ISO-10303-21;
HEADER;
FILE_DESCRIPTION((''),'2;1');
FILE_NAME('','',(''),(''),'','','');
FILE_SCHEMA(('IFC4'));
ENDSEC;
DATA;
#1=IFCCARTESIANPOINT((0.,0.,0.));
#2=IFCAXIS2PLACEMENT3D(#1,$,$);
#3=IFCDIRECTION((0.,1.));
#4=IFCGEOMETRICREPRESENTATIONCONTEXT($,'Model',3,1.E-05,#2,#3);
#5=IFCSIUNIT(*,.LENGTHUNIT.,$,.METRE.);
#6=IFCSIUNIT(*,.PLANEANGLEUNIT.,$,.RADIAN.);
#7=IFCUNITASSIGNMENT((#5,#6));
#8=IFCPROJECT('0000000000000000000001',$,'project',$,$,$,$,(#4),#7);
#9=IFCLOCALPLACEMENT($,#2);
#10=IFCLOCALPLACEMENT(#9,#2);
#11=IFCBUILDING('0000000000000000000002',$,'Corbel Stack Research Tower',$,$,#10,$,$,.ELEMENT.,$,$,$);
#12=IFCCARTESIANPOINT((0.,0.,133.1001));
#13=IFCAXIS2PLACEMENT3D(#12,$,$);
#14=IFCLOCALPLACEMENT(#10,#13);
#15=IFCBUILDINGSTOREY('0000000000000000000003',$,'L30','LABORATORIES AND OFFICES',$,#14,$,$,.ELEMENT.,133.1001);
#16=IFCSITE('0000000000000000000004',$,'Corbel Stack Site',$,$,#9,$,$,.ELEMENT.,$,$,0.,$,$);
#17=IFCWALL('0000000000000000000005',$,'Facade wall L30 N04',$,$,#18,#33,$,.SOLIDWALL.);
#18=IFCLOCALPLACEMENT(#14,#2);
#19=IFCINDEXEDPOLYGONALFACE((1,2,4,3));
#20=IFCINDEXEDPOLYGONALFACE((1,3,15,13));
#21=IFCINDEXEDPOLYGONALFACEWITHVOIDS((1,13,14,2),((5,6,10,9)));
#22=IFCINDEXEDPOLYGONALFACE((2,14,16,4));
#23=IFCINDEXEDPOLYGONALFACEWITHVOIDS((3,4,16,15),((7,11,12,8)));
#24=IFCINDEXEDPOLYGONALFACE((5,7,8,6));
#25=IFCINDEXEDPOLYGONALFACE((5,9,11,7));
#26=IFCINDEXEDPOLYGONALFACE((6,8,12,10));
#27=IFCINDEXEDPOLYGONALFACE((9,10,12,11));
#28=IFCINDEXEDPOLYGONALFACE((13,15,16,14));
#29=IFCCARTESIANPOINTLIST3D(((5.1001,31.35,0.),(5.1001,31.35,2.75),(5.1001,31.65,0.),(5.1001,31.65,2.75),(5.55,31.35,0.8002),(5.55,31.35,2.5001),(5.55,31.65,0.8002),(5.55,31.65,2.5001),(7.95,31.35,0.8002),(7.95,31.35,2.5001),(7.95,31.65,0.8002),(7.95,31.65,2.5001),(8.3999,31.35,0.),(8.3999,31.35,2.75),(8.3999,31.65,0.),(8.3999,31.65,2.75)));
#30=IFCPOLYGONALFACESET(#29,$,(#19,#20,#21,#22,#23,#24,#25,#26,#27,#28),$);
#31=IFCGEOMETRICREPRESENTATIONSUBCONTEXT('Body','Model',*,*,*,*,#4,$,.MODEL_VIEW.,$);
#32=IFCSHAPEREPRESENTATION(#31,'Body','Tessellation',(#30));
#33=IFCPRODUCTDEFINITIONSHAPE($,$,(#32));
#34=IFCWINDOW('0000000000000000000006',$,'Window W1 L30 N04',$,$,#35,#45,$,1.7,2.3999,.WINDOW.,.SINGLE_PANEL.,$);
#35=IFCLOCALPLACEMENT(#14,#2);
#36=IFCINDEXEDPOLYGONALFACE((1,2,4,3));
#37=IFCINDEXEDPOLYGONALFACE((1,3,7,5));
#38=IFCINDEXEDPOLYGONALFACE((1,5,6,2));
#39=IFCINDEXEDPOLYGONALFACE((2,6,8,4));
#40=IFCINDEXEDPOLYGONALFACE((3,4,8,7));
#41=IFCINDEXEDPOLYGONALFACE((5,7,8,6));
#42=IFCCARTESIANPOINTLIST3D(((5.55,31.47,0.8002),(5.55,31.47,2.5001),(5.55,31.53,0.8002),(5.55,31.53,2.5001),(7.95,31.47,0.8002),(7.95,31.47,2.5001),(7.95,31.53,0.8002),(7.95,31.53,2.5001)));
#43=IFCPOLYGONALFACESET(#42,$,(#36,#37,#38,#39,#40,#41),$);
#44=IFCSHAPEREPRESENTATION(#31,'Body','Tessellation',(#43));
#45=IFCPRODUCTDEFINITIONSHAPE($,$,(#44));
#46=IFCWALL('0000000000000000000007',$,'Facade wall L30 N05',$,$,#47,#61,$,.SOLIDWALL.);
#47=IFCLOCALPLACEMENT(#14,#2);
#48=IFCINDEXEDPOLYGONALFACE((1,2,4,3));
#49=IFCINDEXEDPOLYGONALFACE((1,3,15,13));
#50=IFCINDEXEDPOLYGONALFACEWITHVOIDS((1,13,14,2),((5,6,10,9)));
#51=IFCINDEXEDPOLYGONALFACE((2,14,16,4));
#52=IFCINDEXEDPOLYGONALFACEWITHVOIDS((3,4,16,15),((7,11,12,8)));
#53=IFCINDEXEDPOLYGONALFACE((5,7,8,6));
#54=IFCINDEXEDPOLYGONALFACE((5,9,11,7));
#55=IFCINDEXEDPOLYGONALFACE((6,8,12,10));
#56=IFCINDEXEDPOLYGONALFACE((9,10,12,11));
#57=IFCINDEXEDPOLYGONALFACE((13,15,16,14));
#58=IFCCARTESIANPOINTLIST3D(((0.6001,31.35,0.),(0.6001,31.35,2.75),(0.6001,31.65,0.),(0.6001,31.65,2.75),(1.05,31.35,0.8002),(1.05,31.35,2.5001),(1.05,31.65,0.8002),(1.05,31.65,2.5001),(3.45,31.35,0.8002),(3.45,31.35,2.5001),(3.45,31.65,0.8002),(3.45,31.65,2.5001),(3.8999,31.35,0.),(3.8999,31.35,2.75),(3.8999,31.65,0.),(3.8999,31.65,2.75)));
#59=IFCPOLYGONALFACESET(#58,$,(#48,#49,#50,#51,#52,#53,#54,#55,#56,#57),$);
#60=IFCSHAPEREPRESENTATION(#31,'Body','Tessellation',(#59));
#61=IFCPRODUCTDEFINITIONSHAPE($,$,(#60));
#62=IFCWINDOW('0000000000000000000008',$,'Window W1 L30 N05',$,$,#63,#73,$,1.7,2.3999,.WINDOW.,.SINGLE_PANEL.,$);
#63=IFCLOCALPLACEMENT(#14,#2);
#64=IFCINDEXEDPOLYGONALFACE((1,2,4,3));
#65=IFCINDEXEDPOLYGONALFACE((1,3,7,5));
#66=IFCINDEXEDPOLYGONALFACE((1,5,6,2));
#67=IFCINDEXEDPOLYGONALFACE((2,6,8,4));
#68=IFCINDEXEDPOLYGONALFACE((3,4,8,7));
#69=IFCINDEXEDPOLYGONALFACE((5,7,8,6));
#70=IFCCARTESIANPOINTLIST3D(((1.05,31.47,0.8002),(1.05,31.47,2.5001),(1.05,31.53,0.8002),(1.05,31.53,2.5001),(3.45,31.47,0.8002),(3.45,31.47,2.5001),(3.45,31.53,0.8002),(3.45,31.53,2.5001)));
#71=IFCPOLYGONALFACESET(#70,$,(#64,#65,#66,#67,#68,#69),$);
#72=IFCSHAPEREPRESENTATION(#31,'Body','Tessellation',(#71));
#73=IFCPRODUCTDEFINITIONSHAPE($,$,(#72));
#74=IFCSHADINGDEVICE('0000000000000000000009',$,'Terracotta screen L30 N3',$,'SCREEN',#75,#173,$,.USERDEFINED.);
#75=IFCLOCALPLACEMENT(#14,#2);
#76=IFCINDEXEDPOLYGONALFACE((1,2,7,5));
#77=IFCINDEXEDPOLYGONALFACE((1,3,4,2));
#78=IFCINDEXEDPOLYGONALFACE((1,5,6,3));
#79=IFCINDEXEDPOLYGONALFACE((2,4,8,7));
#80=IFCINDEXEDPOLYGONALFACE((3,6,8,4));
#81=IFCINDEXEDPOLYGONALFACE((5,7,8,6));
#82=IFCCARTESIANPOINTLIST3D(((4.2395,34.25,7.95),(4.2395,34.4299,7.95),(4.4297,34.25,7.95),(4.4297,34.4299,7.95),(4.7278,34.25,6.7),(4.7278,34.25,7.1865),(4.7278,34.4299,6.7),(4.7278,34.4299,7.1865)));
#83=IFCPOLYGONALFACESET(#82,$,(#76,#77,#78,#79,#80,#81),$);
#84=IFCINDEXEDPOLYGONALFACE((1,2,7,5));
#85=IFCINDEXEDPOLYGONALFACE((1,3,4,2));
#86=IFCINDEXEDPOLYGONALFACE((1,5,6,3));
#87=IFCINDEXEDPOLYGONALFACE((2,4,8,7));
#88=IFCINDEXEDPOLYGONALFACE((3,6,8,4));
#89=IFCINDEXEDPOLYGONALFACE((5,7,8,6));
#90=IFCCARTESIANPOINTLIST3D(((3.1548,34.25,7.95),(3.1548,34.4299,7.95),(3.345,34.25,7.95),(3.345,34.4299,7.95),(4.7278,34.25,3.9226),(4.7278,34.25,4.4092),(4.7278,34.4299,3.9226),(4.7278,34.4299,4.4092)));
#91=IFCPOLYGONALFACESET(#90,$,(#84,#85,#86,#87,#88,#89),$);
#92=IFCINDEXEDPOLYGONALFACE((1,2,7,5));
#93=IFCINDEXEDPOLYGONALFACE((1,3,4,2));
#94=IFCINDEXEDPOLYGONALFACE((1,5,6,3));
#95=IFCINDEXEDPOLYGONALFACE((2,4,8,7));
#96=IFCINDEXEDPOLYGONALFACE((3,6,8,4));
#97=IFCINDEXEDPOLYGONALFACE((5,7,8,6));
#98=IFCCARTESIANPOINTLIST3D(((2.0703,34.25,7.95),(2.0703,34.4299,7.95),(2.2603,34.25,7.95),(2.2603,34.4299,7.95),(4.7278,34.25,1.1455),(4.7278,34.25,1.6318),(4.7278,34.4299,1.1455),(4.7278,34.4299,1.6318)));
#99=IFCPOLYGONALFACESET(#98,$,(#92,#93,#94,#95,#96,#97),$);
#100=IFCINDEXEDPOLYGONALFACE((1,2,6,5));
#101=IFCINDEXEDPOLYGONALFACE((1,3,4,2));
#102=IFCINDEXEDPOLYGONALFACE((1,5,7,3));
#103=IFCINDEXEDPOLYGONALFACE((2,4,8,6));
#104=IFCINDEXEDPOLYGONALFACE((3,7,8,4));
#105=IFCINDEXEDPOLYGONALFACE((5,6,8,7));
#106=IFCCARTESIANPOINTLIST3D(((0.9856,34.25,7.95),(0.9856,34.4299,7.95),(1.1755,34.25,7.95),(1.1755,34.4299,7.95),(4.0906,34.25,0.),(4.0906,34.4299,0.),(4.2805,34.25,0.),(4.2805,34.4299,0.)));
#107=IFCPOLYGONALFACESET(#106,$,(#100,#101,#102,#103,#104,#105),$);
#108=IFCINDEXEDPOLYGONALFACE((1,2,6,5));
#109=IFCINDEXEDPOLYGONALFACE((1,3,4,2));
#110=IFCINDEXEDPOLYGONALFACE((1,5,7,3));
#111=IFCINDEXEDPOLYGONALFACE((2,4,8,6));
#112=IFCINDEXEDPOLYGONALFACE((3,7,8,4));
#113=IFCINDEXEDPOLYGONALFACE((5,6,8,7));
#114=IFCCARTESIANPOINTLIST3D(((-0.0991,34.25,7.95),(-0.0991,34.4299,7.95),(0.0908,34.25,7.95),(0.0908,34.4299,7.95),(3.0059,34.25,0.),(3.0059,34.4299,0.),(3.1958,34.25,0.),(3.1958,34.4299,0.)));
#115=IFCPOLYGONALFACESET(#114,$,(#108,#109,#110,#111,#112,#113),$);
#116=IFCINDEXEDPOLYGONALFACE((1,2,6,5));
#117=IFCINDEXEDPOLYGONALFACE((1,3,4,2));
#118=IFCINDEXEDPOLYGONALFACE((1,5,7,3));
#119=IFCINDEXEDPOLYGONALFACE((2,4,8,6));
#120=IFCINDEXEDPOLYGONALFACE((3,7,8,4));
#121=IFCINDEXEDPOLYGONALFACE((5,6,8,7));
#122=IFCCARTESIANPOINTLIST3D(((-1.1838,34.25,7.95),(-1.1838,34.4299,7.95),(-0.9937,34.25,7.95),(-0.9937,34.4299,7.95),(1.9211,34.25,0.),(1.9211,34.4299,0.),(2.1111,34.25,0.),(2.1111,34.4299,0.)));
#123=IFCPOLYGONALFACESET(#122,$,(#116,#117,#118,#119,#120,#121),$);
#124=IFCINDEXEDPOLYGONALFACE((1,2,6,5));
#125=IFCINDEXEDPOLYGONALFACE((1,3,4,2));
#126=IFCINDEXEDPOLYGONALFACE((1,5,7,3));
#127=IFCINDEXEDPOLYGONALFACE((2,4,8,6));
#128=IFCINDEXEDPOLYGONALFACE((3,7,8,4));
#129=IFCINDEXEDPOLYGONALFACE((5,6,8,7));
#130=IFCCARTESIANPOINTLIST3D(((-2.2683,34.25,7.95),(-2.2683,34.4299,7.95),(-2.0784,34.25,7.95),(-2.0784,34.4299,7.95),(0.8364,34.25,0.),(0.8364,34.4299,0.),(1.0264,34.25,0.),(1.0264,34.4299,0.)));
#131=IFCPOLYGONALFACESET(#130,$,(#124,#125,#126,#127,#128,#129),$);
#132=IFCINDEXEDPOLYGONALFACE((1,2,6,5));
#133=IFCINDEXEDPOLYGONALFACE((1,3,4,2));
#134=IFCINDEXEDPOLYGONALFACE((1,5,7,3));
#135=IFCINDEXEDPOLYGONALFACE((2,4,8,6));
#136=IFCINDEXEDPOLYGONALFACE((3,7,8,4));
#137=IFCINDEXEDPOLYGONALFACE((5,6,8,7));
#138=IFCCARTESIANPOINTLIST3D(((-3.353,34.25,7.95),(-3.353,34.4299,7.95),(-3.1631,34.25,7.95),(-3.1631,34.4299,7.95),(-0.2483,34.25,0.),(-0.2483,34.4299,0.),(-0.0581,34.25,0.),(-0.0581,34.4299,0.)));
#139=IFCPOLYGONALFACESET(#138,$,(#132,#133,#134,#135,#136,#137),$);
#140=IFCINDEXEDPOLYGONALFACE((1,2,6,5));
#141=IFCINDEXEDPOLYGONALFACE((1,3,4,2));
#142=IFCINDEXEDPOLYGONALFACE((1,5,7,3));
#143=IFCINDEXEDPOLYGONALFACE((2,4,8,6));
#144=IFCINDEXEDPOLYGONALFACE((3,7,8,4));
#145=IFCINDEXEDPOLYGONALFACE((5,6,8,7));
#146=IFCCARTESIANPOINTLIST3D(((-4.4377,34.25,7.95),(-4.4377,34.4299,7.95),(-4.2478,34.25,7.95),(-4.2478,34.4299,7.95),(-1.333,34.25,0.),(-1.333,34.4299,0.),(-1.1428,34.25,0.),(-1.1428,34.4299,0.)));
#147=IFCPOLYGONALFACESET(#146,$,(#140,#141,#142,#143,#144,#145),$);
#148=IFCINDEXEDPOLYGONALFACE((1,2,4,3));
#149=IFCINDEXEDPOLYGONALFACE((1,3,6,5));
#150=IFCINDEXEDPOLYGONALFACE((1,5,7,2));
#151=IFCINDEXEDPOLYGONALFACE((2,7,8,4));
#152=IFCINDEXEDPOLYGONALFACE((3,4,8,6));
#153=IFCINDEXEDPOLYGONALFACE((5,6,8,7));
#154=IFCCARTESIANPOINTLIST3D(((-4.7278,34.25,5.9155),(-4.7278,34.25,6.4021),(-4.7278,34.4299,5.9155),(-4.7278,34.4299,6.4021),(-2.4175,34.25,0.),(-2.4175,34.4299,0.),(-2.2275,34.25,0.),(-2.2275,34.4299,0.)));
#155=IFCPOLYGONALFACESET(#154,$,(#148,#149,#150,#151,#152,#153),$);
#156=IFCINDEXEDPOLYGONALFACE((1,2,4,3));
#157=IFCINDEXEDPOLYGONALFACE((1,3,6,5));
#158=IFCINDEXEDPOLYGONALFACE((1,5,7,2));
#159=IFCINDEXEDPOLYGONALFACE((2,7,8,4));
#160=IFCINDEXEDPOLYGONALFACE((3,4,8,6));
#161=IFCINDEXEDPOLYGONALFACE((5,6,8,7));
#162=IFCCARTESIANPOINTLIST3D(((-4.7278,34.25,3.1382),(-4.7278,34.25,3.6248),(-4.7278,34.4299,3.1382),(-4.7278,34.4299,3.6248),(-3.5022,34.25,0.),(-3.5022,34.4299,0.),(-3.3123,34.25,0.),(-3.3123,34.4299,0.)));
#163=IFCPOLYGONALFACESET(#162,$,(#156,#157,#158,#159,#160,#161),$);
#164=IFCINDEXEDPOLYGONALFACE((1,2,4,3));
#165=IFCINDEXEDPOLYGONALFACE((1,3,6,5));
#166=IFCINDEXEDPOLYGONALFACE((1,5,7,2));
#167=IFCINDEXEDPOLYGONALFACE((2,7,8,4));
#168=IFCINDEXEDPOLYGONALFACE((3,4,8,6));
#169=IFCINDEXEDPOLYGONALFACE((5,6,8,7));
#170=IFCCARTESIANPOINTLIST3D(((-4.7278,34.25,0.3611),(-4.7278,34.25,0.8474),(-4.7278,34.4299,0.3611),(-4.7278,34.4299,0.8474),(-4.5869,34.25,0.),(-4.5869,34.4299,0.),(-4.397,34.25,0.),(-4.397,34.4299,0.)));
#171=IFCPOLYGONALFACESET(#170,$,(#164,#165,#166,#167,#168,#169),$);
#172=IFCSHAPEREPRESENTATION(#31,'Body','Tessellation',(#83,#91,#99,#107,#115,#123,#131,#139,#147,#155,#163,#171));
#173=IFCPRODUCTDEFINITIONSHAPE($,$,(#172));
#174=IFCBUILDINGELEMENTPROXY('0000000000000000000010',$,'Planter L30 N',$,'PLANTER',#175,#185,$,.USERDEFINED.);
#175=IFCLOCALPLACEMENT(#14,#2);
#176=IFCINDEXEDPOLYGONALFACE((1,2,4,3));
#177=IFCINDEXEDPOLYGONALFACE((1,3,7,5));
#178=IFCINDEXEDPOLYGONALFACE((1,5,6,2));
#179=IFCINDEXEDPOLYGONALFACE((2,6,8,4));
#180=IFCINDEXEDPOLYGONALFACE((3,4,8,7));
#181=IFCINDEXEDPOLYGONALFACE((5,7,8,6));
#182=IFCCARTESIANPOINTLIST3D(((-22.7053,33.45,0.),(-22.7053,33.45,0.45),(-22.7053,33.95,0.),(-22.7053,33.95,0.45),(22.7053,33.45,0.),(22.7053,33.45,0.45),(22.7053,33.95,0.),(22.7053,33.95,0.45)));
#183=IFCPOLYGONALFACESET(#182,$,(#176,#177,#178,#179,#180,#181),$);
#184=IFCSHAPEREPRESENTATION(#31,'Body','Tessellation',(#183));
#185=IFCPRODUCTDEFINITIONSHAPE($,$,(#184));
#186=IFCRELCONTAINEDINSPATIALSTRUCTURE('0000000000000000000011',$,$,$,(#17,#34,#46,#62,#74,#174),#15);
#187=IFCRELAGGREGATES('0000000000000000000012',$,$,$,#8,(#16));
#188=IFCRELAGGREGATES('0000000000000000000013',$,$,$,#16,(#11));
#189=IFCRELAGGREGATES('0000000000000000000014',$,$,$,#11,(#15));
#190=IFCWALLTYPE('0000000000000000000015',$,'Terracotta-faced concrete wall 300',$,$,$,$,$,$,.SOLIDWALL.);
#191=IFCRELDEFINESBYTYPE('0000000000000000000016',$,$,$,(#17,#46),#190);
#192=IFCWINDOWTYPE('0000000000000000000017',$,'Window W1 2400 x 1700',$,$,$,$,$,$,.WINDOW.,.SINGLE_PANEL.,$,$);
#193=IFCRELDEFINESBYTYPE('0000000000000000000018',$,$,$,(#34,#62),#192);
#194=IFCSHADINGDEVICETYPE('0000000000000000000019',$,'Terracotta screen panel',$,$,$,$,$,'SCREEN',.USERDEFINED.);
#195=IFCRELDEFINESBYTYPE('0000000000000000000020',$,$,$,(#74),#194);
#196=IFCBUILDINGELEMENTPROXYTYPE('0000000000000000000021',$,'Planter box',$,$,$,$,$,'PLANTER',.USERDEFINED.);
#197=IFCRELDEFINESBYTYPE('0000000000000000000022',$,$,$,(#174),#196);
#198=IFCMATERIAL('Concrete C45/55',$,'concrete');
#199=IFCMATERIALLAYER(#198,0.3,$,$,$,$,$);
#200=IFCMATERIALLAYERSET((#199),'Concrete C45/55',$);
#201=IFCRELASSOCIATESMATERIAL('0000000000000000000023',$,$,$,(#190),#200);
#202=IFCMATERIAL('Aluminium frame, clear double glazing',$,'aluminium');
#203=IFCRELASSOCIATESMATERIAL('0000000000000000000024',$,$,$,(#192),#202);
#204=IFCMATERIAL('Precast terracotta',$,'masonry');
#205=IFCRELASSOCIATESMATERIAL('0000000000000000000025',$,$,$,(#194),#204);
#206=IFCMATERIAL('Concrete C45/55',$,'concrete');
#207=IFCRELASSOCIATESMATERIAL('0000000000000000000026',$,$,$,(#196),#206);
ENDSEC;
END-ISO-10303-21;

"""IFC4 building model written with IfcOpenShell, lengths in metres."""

from ifc_helpers import new_model, si_unit, direction, frame, frame_2d, origin, origin_2d, place, context, subcontext, project, spatial, polyline, rectangle, outline, extrude, source, transform, mapped, material, layer, layer_set, type_object, element, fill, save


model = new_model("IFC4")

# Units and contexts
model_context = context("Model", 3, precision=1e-05, world=origin(), true_north=direction((0.0, 1.0)))
body_context = subcontext(model_context, "Body", "Model", "MODEL_VIEW")
ifc_project = project(units=[si_unit("LENGTHUNIT", "METRE"), si_unit("PLANEANGLEUNIT", "RADIAN")], contexts=[model_context])

# Site, building, storey
site_placement = place(None, origin())
site = spatial("IfcSite", under=ifc_project, at=site_placement, Name="Corbel Stack Site", CompositionType="ELEMENT", RefElevation=0.0)
building_placement = place(site_placement, origin())
building = spatial("IfcBuilding", under=site, at=building_placement, Name="Corbel Stack Research Tower", CompositionType="ELEMENT")
storey_placement = place(building_placement, frame((0.0, 0.0, 133.1001)))
storey = spatial("IfcBuildingStorey", under=building, at=storey_placement, Name="L30", Description="LABORATORIES AND OFFICES", CompositionType="ELEMENT", Elevation=133.1001)

# Walls, openings, windows
ifc_material_1 = material(Name="Concrete C45/55", Category="concrete")
ifc_layer_1 = layer(ifc_material_1, 0.3)
ifc_layer_set_1 = layer_set([ifc_layer_1], Name="Concrete C45/55")
wall_type_1 = type_object("IfcWallType", Name="Terracotta-faced concrete wall 300", PredefinedType="SOLIDWALL", material=ifc_layer_set_1)
wall_1_placement = place(storey_placement, frame((5.1001, 31.5, 0.0), z_axis=(0.0, 0.0, 1.0), x_axis=(1.0, 0.0, 0.0)))
wall_1 = element("IfcWall", 1, at=wall_1_placement, inside=storey, type_object=wall_type_1, Name="Facade wall L30 N04", PredefinedType="SOLIDWALL", context=body_context, shape_type="SweptSolid", body=[
    extrude(rectangle(XDim=3.2998, YDim=0.3, at=frame_2d((1.6499, 0.0))), origin(), (0.0, 0.0, 1.0), 2.75),
])
opening_1_placement = place(wall_1_placement, frame((0.45, 0.0, 0.8)))
opening_1 = element("IfcOpeningElement", 2, at=opening_1_placement, cuts=wall_1, PredefinedType="OPENING", context=body_context, shape_type="SweptSolid", body=[
    extrude(rectangle(XDim=2.3999, YDim=1.7, at=frame_2d((1.2, 0.8501))), frame((0.0, 0.1599, 0.0), z_axis=(0.0, -1.0, 0.0), x_axis=(1.0, 0.0, 0.0)), (0.0, 0.0, 1.0), 0.3201),
])
ifc_material_2 = material(Name="Aluminium frame, clear double glazing", Category="aluminium")
window_type = type_object("IfcWindowType", Name="Window W1 2400 x 1700", PartitioningType="SINGLE_PANEL", PredefinedType="WINDOW", material=ifc_material_2)
window_1_placement = place(opening_1_placement, origin())
window_1 = element("IfcWindow", 3, at=window_1_placement, inside=storey, type_object=window_type, Name="Window W1 L30 N04", OverallHeight=1.7, OverallWidth=2.3999, PartitioningType="SINGLE_PANEL", PredefinedType="WINDOW", context=body_context, shape_type="SweptSolid", body=[
    extrude(rectangle(XDim=2.3999, YDim=1.7, at=frame_2d((1.2, 0.8501))), frame((0.0, 0.03, 0.0), z_axis=(0.0, -1.0, 0.0), x_axis=(1.0, 0.0, 0.0)), (0.0, 0.0, 1.0), 0.0601),
])
fill(opening_1, window_1)
wall_2_placement = place(storey_placement, frame((0.6001, 31.5, 0.0), z_axis=(0.0, 0.0, 1.0), x_axis=(1.0, 0.0, 0.0)))
wall_2 = element("IfcWall", 4, at=wall_2_placement, inside=storey, type_object=wall_type_1, Name="Facade wall L30 N05", PredefinedType="SOLIDWALL", context=body_context, shape_type="SweptSolid", body=[
    extrude(rectangle(XDim=3.2998, YDim=0.3, at=frame_2d((1.6499, 0.0))), origin(), (0.0, 0.0, 1.0), 2.75),
])
opening_2_placement = place(wall_2_placement, frame((0.45, 0.0, 0.8)))
opening_2 = element("IfcOpeningElement", 5, at=opening_2_placement, cuts=wall_2, PredefinedType="OPENING", context=body_context, shape_type="SweptSolid", body=[
    extrude(rectangle(XDim=2.3999, YDim=1.7, at=frame_2d((1.2, 0.8501))), frame((0.0, 0.1599, 0.0), z_axis=(0.0, -1.0, 0.0), x_axis=(1.0, 0.0, 0.0)), (0.0, 0.0, 1.0), 0.3201),
])
window_2_placement = place(opening_2_placement, origin())
window_2 = element("IfcWindow", 6, at=window_2_placement, inside=storey, type_object=window_type, Name="Window W1 L30 N05", OverallHeight=1.7, OverallWidth=2.3999, PartitioningType="SINGLE_PANEL", PredefinedType="WINDOW", context=body_context, shape_type="SweptSolid", body=[
    extrude(rectangle(XDim=2.3999, YDim=1.7, at=frame_2d((1.2, 0.8501))), frame((0.0, 0.03, 0.0), z_axis=(0.0, -1.0, 0.0), x_axis=(1.0, 0.0, 0.0)), (0.0, 0.0, 1.0), 0.0601),
])
fill(opening_2, window_2)

# Shading device
ifc_material_3 = material(Name="Precast terracotta", Category="masonry")
shading_device_type = type_object("IfcShadingDeviceType", Name="Terracotta screen panel", ElementType="SCREEN", PredefinedType="USERDEFINED", material=ifc_material_3)
shared_shape = source(origin(), body_context, "Body", "SweptSolid", [
    extrude(outline(polyline([(0.4883, 7.95), (0.2981, 7.95), (0.0, 7.1865), (0.0, 6.7), (0.4883, 7.95)])), frame((0.0, 0.0, 0.0), z_axis=(0.0, -1.0, 0.0), x_axis=(1.0, 0.0, 0.0)), (0.0, 0.0, 1.0), 0.1799),
    extrude(outline(polyline([(1.573, 7.95), (1.3828, 7.95), (0.0, 4.4092), (0.0, 3.9226), (1.573, 7.95)])), frame((0.0, 0.0, 0.0), z_axis=(0.0, -1.0, 0.0), x_axis=(1.0, 0.0, 0.0)), (0.0, 0.0, 1.0), 0.1799),
    extrude(outline(polyline([(2.6575, 7.95), (2.4675, 7.95), (0.0, 1.6318), (0.0, 1.1455), (2.6575, 7.95)])), frame((0.0, 0.0, 0.0), z_axis=(0.0, -1.0, 0.0), x_axis=(1.0, 0.0, 0.0)), (0.0, 0.0, 1.0), 0.1799),
    extrude(outline(polyline([(0.6372, 0.0), (3.7422, 7.95), (3.5522, 7.95), (0.4473, 0.0), (0.6372, 0.0)])), frame((0.0, 0.0, 0.0), z_axis=(0.0, -1.0, 0.0), x_axis=(1.0, 0.0, 0.0)), (0.0, 0.0, 1.0), 0.1799),
    extrude(outline(polyline([(1.7219, 0.0), (4.8269, 7.95), (4.637, 7.95), (1.532, 0.0), (1.7219, 0.0)])), frame((0.0, 0.0, 0.0), z_axis=(0.0, -1.0, 0.0), x_axis=(1.0, 0.0, 0.0)), (0.0, 0.0, 1.0), 0.1799),
    extrude(outline(polyline([(2.8066, 0.0), (5.9116, 7.95), (5.7214, 7.95), (2.6167, 0.0), (2.8066, 0.0)])), frame((0.0, 0.0, 0.0), z_axis=(0.0, -1.0, 0.0), x_axis=(1.0, 0.0, 0.0)), (0.0, 0.0, 1.0), 0.1799),
    extrude(outline(polyline([(3.8914, 0.0), (6.9961, 7.95), (6.8062, 7.95), (3.7014, 0.0), (3.8914, 0.0)])), frame((0.0, 0.0, 0.0), z_axis=(0.0, -1.0, 0.0), x_axis=(1.0, 0.0, 0.0)), (0.0, 0.0, 1.0), 0.1799),
    extrude(outline(polyline([(4.9761, 0.0), (8.0808, 7.95), (7.8909, 7.95), (4.7859, 0.0), (4.9761, 0.0)])), frame((0.0, 0.0, 0.0), z_axis=(0.0, -1.0, 0.0), x_axis=(1.0, 0.0, 0.0)), (0.0, 0.0, 1.0), 0.1799),
    extrude(outline(polyline([(6.0608, 0.0), (9.1655, 7.95), (8.9756, 7.95), (5.8706, 0.0), (6.0608, 0.0)])), frame((0.0, 0.0, 0.0), z_axis=(0.0, -1.0, 0.0), x_axis=(1.0, 0.0, 0.0)), (0.0, 0.0, 1.0), 0.1799),
    extrude(outline(polyline([(7.1453, 0.0), (9.4556, 5.9155), (9.4556, 6.4021), (6.9553, 0.0), (7.1453, 0.0)])), frame((0.0, 0.0, 0.0), z_axis=(0.0, -1.0, 0.0), x_axis=(1.0, 0.0, 0.0)), (0.0, 0.0, 1.0), 0.1799),
    extrude(outline(polyline([(8.23, 0.0), (9.4556, 3.1382), (9.4556, 3.6248), (8.04, 0.0), (8.23, 0.0)])), frame((0.0, 0.0, 0.0), z_axis=(0.0, -1.0, 0.0), x_axis=(1.0, 0.0, 0.0)), (0.0, 0.0, 1.0), 0.1799),
    extrude(outline(polyline([(9.3147, 0.0), (9.4556, 0.3611), (9.4556, 0.8474), (9.1248, 0.0), (9.3147, 0.0)])), frame((0.0, 0.0, 0.0), z_axis=(0.0, -1.0, 0.0), x_axis=(1.0, 0.0, 0.0)), (0.0, 0.0, 1.0), 0.1799),
])
shading_device_placement = place(storey_placement, frame((4.7278, 34.25, 0.0), z_axis=(0.0, 0.0, 1.0), x_axis=(-1.0, 0.0, 0.0)))
element("IfcShadingDevice", 7, at=shading_device_placement, inside=storey, type_object=shading_device_type, Name="Terracotta screen L30 N3", ObjectType="SCREEN", PredefinedType="USERDEFINED", context=body_context, shape_type="MappedRepresentation", body=[
    mapped(shared_shape, transform((0.0, 0.0, 0.0))),
])

# Building element proxy
ifc_material_4 = material(Name="Concrete C45/55", Category="concrete")
building_element_proxy_type = type_object("IfcBuildingElementProxyType", Name="Planter box", ElementType="PLANTER", PredefinedType="USERDEFINED", material=ifc_material_4)
proxy_placement = place(storey_placement, frame((0.0, 33.7, 0.0), z_axis=(0.0, 0.0, 1.0), x_axis=(-1.0, 0.0, 0.0)))
element("IfcBuildingElementProxy", 8, at=proxy_placement, inside=storey, type_object=building_element_proxy_type, Name="Planter L30 N", ObjectType="PLANTER", PredefinedType="USERDEFINED", context=body_context, shape_type="SweptSolid", body=[
    extrude(rectangle(XDim=45.4106, YDim=0.5, at=origin_2d()), origin(), (0.0, 0.0, 1.0), 0.45),
])

save(model, "model.ifc")
